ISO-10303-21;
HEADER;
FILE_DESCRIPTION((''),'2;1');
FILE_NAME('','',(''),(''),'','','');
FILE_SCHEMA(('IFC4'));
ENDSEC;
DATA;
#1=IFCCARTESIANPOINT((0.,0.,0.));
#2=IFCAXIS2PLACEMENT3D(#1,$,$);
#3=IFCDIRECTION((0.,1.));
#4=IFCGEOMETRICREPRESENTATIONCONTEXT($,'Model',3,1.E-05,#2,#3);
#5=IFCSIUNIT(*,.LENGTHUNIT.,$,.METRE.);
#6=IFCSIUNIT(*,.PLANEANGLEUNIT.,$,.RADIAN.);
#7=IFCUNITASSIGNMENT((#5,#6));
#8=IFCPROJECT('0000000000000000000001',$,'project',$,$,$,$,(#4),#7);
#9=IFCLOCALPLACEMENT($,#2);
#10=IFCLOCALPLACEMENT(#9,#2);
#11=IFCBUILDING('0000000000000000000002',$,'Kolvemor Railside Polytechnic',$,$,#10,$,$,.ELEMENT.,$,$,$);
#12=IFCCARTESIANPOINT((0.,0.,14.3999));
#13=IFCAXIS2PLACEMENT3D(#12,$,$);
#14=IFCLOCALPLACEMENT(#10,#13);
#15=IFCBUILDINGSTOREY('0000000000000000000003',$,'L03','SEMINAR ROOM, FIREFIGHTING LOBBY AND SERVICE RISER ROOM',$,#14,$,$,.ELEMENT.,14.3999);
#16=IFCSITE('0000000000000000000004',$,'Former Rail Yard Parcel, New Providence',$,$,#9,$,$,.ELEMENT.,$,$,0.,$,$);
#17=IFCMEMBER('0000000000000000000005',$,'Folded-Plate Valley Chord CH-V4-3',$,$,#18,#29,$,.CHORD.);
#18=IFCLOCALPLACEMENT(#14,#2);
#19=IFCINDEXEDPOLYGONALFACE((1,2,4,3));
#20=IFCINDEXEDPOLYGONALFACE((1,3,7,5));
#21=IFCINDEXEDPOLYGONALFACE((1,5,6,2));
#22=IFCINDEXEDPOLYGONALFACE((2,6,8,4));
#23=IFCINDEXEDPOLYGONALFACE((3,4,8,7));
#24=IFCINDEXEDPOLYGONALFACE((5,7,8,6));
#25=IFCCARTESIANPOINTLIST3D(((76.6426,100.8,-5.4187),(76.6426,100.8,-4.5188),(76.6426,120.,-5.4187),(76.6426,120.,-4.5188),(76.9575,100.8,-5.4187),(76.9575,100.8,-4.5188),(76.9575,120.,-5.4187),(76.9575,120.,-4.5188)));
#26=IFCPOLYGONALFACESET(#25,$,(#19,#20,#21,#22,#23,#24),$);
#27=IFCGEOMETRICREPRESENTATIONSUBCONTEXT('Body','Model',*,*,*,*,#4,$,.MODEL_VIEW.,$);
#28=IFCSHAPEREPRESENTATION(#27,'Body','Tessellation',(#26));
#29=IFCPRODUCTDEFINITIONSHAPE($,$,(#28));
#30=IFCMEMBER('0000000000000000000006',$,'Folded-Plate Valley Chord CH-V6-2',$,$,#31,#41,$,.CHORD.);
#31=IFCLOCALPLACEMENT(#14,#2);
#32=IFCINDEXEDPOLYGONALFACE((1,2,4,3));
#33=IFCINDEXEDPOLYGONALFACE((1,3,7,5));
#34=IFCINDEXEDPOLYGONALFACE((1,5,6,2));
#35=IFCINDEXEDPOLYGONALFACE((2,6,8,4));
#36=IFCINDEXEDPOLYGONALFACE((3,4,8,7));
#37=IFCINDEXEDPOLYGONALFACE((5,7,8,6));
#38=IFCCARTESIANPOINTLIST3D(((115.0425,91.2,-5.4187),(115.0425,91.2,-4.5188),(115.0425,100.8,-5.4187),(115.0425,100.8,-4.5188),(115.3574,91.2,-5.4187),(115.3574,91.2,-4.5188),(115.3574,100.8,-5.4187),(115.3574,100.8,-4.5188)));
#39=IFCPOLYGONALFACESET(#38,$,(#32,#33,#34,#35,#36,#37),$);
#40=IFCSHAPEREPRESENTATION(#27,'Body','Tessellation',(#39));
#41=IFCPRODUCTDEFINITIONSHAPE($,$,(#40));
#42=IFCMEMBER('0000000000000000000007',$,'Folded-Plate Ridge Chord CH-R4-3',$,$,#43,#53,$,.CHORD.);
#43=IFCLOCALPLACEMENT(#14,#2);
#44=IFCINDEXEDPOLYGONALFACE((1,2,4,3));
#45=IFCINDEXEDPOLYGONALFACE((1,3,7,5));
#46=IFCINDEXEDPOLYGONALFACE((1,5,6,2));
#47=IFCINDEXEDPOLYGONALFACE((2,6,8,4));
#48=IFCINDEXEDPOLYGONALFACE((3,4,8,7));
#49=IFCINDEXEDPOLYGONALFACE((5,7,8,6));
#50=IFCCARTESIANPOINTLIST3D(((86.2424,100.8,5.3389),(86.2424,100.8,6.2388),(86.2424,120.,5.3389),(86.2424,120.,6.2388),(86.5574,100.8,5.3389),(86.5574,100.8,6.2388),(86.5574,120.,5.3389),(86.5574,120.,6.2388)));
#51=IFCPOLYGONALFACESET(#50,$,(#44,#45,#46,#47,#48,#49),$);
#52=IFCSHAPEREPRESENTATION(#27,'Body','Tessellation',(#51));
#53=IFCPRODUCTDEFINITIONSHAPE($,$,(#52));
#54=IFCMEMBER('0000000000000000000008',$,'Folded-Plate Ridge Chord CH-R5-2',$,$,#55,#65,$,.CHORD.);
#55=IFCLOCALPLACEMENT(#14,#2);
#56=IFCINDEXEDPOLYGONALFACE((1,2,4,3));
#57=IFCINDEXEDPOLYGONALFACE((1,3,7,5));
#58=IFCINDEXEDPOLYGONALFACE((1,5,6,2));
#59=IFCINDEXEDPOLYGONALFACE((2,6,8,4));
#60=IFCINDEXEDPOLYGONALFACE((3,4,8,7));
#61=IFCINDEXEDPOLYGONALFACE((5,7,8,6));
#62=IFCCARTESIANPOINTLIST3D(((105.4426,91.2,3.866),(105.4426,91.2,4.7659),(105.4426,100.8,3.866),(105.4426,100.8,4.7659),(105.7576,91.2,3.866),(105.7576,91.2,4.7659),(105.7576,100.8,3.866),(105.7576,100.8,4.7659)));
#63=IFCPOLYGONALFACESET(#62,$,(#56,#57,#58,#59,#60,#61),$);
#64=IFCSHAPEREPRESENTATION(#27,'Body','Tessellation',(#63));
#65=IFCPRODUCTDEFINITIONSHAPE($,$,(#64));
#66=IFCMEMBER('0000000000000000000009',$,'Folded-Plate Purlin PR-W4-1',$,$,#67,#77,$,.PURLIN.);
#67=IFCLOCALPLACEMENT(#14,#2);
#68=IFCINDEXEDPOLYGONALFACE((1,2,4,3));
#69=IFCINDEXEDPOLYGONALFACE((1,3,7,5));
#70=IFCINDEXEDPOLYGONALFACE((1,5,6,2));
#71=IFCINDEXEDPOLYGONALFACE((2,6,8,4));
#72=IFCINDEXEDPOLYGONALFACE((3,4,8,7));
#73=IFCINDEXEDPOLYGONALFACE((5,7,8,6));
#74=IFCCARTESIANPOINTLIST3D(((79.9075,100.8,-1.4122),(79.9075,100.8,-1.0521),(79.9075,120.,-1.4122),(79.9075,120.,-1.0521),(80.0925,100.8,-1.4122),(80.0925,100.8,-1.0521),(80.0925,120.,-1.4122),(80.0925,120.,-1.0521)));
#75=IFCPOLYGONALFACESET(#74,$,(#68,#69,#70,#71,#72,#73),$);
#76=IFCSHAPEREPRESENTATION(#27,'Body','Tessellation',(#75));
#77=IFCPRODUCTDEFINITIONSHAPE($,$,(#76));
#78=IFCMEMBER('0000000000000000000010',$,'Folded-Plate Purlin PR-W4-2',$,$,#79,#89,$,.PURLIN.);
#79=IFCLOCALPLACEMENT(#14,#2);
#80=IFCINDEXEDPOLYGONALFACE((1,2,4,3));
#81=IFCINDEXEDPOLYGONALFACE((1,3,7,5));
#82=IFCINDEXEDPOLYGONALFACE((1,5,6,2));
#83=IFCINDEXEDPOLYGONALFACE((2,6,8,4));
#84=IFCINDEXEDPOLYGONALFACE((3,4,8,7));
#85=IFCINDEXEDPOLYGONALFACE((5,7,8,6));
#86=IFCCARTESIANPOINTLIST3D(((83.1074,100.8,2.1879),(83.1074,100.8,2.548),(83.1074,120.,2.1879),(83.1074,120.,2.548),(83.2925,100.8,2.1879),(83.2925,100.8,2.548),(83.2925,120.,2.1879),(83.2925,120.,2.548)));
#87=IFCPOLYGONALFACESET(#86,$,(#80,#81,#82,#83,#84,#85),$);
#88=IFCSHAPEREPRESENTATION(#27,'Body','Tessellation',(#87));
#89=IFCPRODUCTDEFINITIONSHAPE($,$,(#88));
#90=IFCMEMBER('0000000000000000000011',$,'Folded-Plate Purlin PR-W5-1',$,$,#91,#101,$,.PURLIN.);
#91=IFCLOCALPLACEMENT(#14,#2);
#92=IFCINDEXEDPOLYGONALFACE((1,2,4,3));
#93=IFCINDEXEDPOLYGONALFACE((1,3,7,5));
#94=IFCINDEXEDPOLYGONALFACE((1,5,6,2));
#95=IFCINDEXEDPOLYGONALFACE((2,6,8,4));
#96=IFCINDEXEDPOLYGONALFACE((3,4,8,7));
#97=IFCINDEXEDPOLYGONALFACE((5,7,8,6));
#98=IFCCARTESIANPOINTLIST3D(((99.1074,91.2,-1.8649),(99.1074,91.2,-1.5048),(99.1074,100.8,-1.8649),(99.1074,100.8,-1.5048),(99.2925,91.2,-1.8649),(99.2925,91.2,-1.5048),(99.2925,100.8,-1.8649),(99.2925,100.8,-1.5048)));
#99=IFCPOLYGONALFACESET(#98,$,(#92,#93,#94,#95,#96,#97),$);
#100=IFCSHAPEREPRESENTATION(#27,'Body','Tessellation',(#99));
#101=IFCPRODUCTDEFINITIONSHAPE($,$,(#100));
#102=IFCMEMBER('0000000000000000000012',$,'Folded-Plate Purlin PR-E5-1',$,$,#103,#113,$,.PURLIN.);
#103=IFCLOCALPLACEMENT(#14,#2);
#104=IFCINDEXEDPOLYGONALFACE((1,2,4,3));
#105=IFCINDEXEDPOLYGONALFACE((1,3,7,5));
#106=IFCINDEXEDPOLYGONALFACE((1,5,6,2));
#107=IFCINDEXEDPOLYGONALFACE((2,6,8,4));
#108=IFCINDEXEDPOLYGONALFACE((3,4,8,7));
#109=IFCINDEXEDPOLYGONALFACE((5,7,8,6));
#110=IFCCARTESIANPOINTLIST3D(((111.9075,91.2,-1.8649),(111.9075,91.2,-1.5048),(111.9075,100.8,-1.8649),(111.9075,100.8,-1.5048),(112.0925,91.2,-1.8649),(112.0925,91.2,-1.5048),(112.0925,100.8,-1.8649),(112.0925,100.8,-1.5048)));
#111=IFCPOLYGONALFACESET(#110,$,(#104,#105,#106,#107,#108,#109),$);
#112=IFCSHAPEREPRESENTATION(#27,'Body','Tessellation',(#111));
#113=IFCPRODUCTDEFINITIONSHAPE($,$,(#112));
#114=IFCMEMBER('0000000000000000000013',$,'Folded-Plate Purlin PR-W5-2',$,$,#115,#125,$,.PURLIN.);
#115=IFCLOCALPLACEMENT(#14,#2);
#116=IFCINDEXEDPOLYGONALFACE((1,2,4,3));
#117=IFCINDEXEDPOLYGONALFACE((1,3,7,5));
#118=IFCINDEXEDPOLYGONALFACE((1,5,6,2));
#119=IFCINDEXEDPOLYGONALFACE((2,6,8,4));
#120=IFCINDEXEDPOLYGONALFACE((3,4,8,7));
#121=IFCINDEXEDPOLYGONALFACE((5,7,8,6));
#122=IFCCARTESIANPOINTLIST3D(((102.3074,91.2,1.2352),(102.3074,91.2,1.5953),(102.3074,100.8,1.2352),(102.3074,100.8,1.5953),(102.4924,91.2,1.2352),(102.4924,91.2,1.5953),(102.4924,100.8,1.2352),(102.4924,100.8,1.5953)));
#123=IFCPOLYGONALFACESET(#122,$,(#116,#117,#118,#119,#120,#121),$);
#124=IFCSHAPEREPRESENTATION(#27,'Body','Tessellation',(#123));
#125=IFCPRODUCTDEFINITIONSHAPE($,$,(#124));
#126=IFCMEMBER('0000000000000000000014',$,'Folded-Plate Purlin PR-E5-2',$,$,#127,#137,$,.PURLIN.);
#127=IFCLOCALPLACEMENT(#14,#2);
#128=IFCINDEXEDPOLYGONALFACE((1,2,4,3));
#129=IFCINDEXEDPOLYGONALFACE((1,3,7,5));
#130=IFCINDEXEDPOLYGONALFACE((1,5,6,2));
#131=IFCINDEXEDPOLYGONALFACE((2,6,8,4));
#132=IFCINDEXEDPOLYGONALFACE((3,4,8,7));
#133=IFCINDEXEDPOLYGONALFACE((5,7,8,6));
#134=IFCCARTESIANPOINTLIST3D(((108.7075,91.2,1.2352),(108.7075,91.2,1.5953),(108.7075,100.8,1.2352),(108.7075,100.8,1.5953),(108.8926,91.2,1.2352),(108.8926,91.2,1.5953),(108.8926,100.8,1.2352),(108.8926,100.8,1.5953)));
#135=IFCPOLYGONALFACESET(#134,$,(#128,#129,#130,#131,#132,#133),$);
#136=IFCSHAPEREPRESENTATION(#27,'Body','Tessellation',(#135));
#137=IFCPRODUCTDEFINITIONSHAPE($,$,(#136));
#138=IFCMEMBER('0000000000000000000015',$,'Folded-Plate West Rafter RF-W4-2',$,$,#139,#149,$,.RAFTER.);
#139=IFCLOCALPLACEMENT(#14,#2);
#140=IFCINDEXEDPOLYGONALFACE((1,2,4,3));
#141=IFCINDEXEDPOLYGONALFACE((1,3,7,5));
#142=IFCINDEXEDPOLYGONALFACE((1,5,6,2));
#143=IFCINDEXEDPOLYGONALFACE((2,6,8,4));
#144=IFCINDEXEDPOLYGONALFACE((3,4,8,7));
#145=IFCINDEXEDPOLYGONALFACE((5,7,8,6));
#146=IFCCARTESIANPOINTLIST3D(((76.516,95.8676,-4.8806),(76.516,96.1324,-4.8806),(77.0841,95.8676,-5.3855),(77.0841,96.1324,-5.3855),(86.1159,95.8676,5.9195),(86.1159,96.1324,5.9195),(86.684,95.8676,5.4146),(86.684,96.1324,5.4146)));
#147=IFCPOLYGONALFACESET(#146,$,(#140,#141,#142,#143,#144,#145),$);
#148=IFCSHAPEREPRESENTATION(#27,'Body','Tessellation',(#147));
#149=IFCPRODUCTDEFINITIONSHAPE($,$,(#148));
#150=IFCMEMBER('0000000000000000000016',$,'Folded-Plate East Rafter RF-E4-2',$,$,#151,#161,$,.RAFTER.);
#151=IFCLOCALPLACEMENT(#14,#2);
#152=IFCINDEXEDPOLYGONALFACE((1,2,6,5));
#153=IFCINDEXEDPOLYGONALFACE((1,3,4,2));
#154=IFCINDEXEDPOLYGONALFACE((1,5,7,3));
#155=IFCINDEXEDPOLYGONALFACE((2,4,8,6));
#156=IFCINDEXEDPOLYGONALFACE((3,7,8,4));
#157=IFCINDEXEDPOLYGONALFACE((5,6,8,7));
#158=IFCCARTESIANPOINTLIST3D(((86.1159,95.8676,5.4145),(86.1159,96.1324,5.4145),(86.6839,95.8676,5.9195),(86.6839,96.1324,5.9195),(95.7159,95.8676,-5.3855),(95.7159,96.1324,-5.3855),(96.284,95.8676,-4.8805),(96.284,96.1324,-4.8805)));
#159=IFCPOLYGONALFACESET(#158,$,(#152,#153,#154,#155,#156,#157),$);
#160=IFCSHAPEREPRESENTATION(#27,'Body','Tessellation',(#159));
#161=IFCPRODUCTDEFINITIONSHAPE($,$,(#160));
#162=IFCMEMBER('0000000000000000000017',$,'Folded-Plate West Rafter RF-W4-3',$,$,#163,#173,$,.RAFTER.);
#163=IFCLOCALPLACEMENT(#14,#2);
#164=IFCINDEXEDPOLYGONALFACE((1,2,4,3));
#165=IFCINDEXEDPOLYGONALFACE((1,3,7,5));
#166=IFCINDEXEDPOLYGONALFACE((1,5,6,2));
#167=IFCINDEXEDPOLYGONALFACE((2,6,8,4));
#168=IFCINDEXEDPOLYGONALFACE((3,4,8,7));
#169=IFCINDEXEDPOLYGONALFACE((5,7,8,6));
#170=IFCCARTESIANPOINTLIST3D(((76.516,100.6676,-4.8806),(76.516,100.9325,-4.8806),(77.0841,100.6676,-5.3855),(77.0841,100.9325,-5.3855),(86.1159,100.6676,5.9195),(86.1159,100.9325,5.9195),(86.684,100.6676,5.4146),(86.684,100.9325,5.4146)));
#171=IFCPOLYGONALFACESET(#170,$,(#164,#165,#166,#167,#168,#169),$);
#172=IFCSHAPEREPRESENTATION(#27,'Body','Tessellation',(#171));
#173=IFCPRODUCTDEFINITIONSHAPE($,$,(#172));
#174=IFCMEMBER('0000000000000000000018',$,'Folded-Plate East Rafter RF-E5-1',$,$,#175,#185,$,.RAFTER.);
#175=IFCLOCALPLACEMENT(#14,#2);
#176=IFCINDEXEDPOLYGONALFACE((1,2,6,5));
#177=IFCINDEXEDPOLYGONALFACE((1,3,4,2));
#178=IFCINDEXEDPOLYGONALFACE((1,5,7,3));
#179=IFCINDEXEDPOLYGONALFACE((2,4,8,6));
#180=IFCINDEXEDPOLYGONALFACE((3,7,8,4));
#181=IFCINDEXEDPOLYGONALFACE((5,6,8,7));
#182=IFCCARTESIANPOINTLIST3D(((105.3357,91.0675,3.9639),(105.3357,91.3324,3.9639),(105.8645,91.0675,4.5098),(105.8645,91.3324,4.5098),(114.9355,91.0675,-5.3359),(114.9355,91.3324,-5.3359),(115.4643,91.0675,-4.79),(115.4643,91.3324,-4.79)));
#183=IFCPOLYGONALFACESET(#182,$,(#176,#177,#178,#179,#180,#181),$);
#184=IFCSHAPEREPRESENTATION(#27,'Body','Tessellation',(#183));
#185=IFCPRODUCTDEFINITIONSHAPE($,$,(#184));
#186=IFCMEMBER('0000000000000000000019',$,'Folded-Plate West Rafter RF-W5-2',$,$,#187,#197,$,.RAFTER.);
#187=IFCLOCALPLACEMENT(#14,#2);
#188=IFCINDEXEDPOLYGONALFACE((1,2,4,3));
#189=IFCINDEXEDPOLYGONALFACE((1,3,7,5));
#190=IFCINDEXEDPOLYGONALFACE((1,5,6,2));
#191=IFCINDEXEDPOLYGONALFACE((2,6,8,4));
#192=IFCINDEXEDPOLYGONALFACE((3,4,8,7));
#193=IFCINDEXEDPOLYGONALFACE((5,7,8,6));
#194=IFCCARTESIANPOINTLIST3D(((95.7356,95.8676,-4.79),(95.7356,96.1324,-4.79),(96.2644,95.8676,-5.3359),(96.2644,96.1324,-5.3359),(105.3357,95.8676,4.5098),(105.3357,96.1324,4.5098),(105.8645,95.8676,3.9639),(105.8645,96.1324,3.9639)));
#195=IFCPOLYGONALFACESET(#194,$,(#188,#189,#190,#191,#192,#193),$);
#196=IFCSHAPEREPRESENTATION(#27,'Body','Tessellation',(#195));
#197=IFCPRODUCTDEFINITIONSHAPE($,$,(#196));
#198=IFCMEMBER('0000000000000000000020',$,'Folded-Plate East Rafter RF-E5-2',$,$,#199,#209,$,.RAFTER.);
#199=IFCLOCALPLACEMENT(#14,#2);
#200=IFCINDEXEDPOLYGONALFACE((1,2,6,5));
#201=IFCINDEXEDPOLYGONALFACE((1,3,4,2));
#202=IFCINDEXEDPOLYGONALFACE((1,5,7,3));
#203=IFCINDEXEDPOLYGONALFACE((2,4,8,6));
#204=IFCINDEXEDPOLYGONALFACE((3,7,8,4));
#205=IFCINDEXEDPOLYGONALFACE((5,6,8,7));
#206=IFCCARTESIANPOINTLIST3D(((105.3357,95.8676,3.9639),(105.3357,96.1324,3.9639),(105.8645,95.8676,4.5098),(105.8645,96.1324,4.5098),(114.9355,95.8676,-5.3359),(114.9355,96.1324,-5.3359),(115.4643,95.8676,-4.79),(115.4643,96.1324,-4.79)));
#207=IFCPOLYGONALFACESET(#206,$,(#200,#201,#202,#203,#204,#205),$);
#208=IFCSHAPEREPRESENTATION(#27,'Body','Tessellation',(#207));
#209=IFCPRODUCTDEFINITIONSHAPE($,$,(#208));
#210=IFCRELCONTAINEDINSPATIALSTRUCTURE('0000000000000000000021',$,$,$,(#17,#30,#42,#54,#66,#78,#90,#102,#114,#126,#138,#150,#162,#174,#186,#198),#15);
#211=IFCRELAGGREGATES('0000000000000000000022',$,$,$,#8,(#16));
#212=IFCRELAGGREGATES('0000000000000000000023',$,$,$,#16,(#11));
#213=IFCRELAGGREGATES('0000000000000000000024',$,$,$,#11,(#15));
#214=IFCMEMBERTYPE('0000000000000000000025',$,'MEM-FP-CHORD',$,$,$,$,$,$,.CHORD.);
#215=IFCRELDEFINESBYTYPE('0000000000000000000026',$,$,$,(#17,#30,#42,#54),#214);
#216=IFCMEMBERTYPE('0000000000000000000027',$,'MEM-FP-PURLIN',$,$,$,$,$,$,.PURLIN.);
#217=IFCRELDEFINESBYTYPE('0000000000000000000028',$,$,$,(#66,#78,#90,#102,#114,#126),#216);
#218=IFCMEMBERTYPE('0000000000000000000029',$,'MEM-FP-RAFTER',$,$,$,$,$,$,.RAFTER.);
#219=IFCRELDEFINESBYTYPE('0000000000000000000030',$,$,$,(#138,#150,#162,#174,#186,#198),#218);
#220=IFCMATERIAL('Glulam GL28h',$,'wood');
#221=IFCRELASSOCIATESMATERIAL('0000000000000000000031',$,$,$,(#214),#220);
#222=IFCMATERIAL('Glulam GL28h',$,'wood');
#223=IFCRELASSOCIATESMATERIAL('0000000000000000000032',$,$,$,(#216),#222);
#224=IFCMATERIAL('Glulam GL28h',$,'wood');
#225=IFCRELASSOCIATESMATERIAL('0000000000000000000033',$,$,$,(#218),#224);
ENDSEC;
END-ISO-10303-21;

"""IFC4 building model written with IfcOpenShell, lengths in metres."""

from ifc_helpers import new_model, si_unit, direction, frame, origin, origin_2d, place, context, subcontext, project, spatial, rectangle, extrude, material, material_profile, profile_set, type_object, element, save


model = new_model("IFC4")

# Units and contexts
model_context = context("Model", 3, precision=1e-05, world=origin(), true_north=direction((0.0, 1.0)))
body_context = subcontext(model_context, "Body", "Model", "MODEL_VIEW")
ifc_project = project(units=[si_unit("LENGTHUNIT", "METRE"), si_unit("PLANEANGLEUNIT", "RADIAN")], contexts=[model_context])

# Site, building, storey
site_placement = place(None, origin())
site = spatial("IfcSite", under=ifc_project, at=site_placement, Name="Former Rail Yard Parcel, New Providence", CompositionType="ELEMENT", RefElevation=0.0)
building_placement = place(site_placement, origin())
building = spatial("IfcBuilding", under=site, at=building_placement, Name="Kolvemor Railside Polytechnic", CompositionType="ELEMENT")
storey_placement = place(building_placement, frame((0.0, 0.0, 14.3999)))
storey = spatial("IfcBuildingStorey", under=building, at=storey_placement, Name="L03", Description="SEMINAR ROOM, FIREFIGHTING LOBBY AND SERVICE RISER ROOM", CompositionType="ELEMENT", Elevation=14.3999)

# Members
ifc_material_1 = material(Name="Glulam GL28h", Category="wood")
ifc_material_profile_1 = material_profile(ifc_material_1, rectangle(XDim=0.3149, YDim=0.8999, at=origin_2d()), Name="GL315x900")
ifc_profile_set_1 = profile_set([ifc_material_profile_1], Name="Glulam GL28h")
member_type_1 = type_object("IfcMemberType", Name="MEM-FP-CHORD", PredefinedType="CHORD", material=ifc_profile_set_1)
member_1_placement = place(storey_placement, frame((76.8, 100.8, -4.9688), z_axis=(0.0, 1.0, 0.0), x_axis=(-1.0, 0.0, 0.0)))
element("IfcMember", 1, at=member_1_placement, inside=storey, type_object=member_type_1, Name="Folded-Plate Valley Chord CH-V4-3", PredefinedType="CHORD", context=body_context, shape_type="SweptSolid", body=[
    extrude(rectangle(XDim=0.3149, YDim=0.8999, at=origin_2d()), origin(), (0.0, 0.0, 1.0), 19.2),
])
member_2_placement = place(storey_placement, frame((115.2, 91.2, -4.9688), z_axis=(0.0, 1.0, 0.0), x_axis=(-1.0, 0.0, 0.0)))
element("IfcMember", 2, at=member_2_placement, inside=storey, type_object=member_type_1, Name="Folded-Plate Valley Chord CH-V6-2", PredefinedType="CHORD", context=body_context, shape_type="SweptSolid", body=[
    extrude(rectangle(XDim=0.3149, YDim=0.8999, at=origin_2d()), origin(), (0.0, 0.0, 1.0), 9.6001),
])
member_3_placement = place(storey_placement, frame((86.3999, 100.8, 5.7888), z_axis=(0.0, 1.0, 0.0), x_axis=(-1.0, 0.0, 0.0)))
element("IfcMember", 3, at=member_3_placement, inside=storey, type_object=member_type_1, Name="Folded-Plate Ridge Chord CH-R4-3", PredefinedType="CHORD", context=body_context, shape_type="SweptSolid", body=[
    extrude(rectangle(XDim=0.3149, YDim=0.8999, at=origin_2d()), origin(), (0.0, 0.0, 1.0), 19.2),
])
member_4_placement = place(storey_placement, frame((105.6001, 91.2, 4.3159), z_axis=(0.0, 1.0, 0.0), x_axis=(-1.0, 0.0, 0.0)))
element("IfcMember", 4, at=member_4_placement, inside=storey, type_object=member_type_1, Name="Folded-Plate Ridge Chord CH-R5-2", PredefinedType="CHORD", context=body_context, shape_type="SweptSolid", body=[
    extrude(rectangle(XDim=0.3149, YDim=0.8999, at=origin_2d()), origin(), (0.0, 0.0, 1.0), 9.6001),
])
ifc_material_2 = material(Name="Glulam GL28h", Category="wood")
ifc_material_profile_2 = material_profile(ifc_material_2, rectangle(XDim=0.1851, YDim=0.3601, at=origin_2d()), Name="GL185x360")
ifc_profile_set_2 = profile_set([ifc_material_profile_2], Name="Glulam GL28h")
member_type_2 = type_object("IfcMemberType", Name="MEM-FP-PURLIN", PredefinedType="PURLIN", material=ifc_profile_set_2)
for number, where, z_axis, x_axis, name in (
    (5, (80.0, 100.8, -1.2322), (0.0, 1.0, 0.0), (-1.0, 0.0, 0.0), "Folded-Plate Purlin PR-W4-1"),
    (6, (83.2, 100.8, 2.3679), (0.0, 1.0, 0.0), (-1.0, 0.0, 0.0), "Folded-Plate Purlin PR-W4-2"),
):
    element("IfcMember", number, at=place(storey_placement, frame(where, z_axis=z_axis, x_axis=x_axis)), inside=storey, type_object=member_type_2, Name=name, PredefinedType="PURLIN", context=body_context, shape_type="SweptSolid", body=[
        extrude(rectangle(XDim=0.1851, YDim=0.3601, at=origin_2d()), origin(), (0.0, 0.0, 1.0), 19.2),
    ])
for number, where, z_axis, x_axis, name in (
    (7, (99.2, 91.2, -1.6848), (0.0, 1.0, 0.0), (-1.0, 0.0, 0.0), "Folded-Plate Purlin PR-W5-1"),
    (8, (112.0, 91.2, -1.6848), (0.0, 1.0, 0.0), (-1.0, 0.0, 0.0), "Folded-Plate Purlin PR-E5-1"),
    (9, (102.3999, 91.2, 1.4153), (0.0, 1.0, 0.0), (-1.0, 0.0, 0.0), "Folded-Plate Purlin PR-W5-2"),
    (10, (108.8, 91.2, 1.4153), (0.0, 1.0, 0.0), (-1.0, 0.0, 0.0), "Folded-Plate Purlin PR-E5-2"),
):
    element("IfcMember", number, at=place(storey_placement, frame(where, z_axis=z_axis, x_axis=x_axis)), inside=storey, type_object=member_type_2, Name=name, PredefinedType="PURLIN", context=body_context, shape_type="SweptSolid", body=[
        extrude(rectangle(XDim=0.1851, YDim=0.3601, at=origin_2d()), origin(), (0.0, 0.0, 1.0), 9.6001),
    ])
ifc_material_3 = material(Name="Glulam GL28h", Category="wood")
ifc_material_profile_3 = material_profile(ifc_material_3, rectangle(XDim=0.2649, YDim=0.76, at=origin_2d()), Name="GL265x760")
ifc_profile_set_3 = profile_set([ifc_material_profile_3], Name="Glulam GL28h")
member_type_3 = type_object("IfcMemberType", Name="MEM-FP-RAFTER", PredefinedType="RAFTER", material=ifc_profile_set_3)
for number, where, z_axis, x_axis, name in (
    (11, (76.8, 96.0, -5.1331), (0.664356, 0.0, 0.747416), (0.0, 1.0, 0.0), "Folded-Plate West Rafter RF-W4-2"),
    (12, (86.3999, 96.0, 5.667), (0.664366, 0.0, -0.747407), (0.0, 1.0, 0.0), "Folded-Plate East Rafter RF-E4-2"),
    (13, (76.8, 100.8, -5.1331), (0.664356, 0.0, 0.747416), (0.0, 1.0, 0.0), "Folded-Plate West Rafter RF-W4-3"),
):
    element("IfcMember", number, at=place(storey_placement, frame(where, z_axis=z_axis, x_axis=x_axis)), inside=storey, type_object=member_type_3, Name=name, PredefinedType="RAFTER", context=body_context, shape_type="SweptSolid", body=[
        extrude(rectangle(XDim=0.2649, YDim=0.76, at=origin_2d()), origin(), (0.0, 0.0, 1.0), 14.45),
    ])
member_5_placement = place(storey_placement, frame((105.6001, 91.2, 4.2368), z_axis=(0.718242, 0.0, -0.695793), x_axis=(0.0, 1.0, 0.0)))
element("IfcMember", 14, at=member_5_placement, inside=storey, type_object=member_type_3, Name="Folded-Plate East Rafter RF-E5-1", PredefinedType="RAFTER", context=body_context, shape_type="SweptSolid", body=[
    extrude(rectangle(XDim=0.2649, YDim=0.76, at=origin_2d()), origin(), (0.0, 0.0, 1.0), 13.3657),
])
member_6_placement = place(storey_placement, frame((96.0, 96.0, -5.063), z_axis=(0.718251, 0.0, 0.695784), x_axis=(0.0, 1.0, 0.0)))
element("IfcMember", 15, at=member_6_placement, inside=storey, type_object=member_type_3, Name="Folded-Plate West Rafter RF-W5-2", PredefinedType="RAFTER", context=body_context, shape_type="SweptSolid", body=[
    extrude(rectangle(XDim=0.2649, YDim=0.76, at=origin_2d()), origin(), (0.0, 0.0, 1.0), 13.366),
])
member_7_placement = place(storey_placement, frame((105.6001, 96.0, 4.2368), z_axis=(0.718242, 0.0, -0.695793), x_axis=(0.0, 1.0, 0.0)))
element("IfcMember", 16, at=member_7_placement, inside=storey, type_object=member_type_3, Name="Folded-Plate East Rafter RF-E5-2", PredefinedType="RAFTER", context=body_context, shape_type="SweptSolid", body=[
    extrude(rectangle(XDim=0.2649, YDim=0.76, at=origin_2d()), origin(), (0.0, 0.0, 1.0), 13.3657),
])

save(model, "model.ifc")
